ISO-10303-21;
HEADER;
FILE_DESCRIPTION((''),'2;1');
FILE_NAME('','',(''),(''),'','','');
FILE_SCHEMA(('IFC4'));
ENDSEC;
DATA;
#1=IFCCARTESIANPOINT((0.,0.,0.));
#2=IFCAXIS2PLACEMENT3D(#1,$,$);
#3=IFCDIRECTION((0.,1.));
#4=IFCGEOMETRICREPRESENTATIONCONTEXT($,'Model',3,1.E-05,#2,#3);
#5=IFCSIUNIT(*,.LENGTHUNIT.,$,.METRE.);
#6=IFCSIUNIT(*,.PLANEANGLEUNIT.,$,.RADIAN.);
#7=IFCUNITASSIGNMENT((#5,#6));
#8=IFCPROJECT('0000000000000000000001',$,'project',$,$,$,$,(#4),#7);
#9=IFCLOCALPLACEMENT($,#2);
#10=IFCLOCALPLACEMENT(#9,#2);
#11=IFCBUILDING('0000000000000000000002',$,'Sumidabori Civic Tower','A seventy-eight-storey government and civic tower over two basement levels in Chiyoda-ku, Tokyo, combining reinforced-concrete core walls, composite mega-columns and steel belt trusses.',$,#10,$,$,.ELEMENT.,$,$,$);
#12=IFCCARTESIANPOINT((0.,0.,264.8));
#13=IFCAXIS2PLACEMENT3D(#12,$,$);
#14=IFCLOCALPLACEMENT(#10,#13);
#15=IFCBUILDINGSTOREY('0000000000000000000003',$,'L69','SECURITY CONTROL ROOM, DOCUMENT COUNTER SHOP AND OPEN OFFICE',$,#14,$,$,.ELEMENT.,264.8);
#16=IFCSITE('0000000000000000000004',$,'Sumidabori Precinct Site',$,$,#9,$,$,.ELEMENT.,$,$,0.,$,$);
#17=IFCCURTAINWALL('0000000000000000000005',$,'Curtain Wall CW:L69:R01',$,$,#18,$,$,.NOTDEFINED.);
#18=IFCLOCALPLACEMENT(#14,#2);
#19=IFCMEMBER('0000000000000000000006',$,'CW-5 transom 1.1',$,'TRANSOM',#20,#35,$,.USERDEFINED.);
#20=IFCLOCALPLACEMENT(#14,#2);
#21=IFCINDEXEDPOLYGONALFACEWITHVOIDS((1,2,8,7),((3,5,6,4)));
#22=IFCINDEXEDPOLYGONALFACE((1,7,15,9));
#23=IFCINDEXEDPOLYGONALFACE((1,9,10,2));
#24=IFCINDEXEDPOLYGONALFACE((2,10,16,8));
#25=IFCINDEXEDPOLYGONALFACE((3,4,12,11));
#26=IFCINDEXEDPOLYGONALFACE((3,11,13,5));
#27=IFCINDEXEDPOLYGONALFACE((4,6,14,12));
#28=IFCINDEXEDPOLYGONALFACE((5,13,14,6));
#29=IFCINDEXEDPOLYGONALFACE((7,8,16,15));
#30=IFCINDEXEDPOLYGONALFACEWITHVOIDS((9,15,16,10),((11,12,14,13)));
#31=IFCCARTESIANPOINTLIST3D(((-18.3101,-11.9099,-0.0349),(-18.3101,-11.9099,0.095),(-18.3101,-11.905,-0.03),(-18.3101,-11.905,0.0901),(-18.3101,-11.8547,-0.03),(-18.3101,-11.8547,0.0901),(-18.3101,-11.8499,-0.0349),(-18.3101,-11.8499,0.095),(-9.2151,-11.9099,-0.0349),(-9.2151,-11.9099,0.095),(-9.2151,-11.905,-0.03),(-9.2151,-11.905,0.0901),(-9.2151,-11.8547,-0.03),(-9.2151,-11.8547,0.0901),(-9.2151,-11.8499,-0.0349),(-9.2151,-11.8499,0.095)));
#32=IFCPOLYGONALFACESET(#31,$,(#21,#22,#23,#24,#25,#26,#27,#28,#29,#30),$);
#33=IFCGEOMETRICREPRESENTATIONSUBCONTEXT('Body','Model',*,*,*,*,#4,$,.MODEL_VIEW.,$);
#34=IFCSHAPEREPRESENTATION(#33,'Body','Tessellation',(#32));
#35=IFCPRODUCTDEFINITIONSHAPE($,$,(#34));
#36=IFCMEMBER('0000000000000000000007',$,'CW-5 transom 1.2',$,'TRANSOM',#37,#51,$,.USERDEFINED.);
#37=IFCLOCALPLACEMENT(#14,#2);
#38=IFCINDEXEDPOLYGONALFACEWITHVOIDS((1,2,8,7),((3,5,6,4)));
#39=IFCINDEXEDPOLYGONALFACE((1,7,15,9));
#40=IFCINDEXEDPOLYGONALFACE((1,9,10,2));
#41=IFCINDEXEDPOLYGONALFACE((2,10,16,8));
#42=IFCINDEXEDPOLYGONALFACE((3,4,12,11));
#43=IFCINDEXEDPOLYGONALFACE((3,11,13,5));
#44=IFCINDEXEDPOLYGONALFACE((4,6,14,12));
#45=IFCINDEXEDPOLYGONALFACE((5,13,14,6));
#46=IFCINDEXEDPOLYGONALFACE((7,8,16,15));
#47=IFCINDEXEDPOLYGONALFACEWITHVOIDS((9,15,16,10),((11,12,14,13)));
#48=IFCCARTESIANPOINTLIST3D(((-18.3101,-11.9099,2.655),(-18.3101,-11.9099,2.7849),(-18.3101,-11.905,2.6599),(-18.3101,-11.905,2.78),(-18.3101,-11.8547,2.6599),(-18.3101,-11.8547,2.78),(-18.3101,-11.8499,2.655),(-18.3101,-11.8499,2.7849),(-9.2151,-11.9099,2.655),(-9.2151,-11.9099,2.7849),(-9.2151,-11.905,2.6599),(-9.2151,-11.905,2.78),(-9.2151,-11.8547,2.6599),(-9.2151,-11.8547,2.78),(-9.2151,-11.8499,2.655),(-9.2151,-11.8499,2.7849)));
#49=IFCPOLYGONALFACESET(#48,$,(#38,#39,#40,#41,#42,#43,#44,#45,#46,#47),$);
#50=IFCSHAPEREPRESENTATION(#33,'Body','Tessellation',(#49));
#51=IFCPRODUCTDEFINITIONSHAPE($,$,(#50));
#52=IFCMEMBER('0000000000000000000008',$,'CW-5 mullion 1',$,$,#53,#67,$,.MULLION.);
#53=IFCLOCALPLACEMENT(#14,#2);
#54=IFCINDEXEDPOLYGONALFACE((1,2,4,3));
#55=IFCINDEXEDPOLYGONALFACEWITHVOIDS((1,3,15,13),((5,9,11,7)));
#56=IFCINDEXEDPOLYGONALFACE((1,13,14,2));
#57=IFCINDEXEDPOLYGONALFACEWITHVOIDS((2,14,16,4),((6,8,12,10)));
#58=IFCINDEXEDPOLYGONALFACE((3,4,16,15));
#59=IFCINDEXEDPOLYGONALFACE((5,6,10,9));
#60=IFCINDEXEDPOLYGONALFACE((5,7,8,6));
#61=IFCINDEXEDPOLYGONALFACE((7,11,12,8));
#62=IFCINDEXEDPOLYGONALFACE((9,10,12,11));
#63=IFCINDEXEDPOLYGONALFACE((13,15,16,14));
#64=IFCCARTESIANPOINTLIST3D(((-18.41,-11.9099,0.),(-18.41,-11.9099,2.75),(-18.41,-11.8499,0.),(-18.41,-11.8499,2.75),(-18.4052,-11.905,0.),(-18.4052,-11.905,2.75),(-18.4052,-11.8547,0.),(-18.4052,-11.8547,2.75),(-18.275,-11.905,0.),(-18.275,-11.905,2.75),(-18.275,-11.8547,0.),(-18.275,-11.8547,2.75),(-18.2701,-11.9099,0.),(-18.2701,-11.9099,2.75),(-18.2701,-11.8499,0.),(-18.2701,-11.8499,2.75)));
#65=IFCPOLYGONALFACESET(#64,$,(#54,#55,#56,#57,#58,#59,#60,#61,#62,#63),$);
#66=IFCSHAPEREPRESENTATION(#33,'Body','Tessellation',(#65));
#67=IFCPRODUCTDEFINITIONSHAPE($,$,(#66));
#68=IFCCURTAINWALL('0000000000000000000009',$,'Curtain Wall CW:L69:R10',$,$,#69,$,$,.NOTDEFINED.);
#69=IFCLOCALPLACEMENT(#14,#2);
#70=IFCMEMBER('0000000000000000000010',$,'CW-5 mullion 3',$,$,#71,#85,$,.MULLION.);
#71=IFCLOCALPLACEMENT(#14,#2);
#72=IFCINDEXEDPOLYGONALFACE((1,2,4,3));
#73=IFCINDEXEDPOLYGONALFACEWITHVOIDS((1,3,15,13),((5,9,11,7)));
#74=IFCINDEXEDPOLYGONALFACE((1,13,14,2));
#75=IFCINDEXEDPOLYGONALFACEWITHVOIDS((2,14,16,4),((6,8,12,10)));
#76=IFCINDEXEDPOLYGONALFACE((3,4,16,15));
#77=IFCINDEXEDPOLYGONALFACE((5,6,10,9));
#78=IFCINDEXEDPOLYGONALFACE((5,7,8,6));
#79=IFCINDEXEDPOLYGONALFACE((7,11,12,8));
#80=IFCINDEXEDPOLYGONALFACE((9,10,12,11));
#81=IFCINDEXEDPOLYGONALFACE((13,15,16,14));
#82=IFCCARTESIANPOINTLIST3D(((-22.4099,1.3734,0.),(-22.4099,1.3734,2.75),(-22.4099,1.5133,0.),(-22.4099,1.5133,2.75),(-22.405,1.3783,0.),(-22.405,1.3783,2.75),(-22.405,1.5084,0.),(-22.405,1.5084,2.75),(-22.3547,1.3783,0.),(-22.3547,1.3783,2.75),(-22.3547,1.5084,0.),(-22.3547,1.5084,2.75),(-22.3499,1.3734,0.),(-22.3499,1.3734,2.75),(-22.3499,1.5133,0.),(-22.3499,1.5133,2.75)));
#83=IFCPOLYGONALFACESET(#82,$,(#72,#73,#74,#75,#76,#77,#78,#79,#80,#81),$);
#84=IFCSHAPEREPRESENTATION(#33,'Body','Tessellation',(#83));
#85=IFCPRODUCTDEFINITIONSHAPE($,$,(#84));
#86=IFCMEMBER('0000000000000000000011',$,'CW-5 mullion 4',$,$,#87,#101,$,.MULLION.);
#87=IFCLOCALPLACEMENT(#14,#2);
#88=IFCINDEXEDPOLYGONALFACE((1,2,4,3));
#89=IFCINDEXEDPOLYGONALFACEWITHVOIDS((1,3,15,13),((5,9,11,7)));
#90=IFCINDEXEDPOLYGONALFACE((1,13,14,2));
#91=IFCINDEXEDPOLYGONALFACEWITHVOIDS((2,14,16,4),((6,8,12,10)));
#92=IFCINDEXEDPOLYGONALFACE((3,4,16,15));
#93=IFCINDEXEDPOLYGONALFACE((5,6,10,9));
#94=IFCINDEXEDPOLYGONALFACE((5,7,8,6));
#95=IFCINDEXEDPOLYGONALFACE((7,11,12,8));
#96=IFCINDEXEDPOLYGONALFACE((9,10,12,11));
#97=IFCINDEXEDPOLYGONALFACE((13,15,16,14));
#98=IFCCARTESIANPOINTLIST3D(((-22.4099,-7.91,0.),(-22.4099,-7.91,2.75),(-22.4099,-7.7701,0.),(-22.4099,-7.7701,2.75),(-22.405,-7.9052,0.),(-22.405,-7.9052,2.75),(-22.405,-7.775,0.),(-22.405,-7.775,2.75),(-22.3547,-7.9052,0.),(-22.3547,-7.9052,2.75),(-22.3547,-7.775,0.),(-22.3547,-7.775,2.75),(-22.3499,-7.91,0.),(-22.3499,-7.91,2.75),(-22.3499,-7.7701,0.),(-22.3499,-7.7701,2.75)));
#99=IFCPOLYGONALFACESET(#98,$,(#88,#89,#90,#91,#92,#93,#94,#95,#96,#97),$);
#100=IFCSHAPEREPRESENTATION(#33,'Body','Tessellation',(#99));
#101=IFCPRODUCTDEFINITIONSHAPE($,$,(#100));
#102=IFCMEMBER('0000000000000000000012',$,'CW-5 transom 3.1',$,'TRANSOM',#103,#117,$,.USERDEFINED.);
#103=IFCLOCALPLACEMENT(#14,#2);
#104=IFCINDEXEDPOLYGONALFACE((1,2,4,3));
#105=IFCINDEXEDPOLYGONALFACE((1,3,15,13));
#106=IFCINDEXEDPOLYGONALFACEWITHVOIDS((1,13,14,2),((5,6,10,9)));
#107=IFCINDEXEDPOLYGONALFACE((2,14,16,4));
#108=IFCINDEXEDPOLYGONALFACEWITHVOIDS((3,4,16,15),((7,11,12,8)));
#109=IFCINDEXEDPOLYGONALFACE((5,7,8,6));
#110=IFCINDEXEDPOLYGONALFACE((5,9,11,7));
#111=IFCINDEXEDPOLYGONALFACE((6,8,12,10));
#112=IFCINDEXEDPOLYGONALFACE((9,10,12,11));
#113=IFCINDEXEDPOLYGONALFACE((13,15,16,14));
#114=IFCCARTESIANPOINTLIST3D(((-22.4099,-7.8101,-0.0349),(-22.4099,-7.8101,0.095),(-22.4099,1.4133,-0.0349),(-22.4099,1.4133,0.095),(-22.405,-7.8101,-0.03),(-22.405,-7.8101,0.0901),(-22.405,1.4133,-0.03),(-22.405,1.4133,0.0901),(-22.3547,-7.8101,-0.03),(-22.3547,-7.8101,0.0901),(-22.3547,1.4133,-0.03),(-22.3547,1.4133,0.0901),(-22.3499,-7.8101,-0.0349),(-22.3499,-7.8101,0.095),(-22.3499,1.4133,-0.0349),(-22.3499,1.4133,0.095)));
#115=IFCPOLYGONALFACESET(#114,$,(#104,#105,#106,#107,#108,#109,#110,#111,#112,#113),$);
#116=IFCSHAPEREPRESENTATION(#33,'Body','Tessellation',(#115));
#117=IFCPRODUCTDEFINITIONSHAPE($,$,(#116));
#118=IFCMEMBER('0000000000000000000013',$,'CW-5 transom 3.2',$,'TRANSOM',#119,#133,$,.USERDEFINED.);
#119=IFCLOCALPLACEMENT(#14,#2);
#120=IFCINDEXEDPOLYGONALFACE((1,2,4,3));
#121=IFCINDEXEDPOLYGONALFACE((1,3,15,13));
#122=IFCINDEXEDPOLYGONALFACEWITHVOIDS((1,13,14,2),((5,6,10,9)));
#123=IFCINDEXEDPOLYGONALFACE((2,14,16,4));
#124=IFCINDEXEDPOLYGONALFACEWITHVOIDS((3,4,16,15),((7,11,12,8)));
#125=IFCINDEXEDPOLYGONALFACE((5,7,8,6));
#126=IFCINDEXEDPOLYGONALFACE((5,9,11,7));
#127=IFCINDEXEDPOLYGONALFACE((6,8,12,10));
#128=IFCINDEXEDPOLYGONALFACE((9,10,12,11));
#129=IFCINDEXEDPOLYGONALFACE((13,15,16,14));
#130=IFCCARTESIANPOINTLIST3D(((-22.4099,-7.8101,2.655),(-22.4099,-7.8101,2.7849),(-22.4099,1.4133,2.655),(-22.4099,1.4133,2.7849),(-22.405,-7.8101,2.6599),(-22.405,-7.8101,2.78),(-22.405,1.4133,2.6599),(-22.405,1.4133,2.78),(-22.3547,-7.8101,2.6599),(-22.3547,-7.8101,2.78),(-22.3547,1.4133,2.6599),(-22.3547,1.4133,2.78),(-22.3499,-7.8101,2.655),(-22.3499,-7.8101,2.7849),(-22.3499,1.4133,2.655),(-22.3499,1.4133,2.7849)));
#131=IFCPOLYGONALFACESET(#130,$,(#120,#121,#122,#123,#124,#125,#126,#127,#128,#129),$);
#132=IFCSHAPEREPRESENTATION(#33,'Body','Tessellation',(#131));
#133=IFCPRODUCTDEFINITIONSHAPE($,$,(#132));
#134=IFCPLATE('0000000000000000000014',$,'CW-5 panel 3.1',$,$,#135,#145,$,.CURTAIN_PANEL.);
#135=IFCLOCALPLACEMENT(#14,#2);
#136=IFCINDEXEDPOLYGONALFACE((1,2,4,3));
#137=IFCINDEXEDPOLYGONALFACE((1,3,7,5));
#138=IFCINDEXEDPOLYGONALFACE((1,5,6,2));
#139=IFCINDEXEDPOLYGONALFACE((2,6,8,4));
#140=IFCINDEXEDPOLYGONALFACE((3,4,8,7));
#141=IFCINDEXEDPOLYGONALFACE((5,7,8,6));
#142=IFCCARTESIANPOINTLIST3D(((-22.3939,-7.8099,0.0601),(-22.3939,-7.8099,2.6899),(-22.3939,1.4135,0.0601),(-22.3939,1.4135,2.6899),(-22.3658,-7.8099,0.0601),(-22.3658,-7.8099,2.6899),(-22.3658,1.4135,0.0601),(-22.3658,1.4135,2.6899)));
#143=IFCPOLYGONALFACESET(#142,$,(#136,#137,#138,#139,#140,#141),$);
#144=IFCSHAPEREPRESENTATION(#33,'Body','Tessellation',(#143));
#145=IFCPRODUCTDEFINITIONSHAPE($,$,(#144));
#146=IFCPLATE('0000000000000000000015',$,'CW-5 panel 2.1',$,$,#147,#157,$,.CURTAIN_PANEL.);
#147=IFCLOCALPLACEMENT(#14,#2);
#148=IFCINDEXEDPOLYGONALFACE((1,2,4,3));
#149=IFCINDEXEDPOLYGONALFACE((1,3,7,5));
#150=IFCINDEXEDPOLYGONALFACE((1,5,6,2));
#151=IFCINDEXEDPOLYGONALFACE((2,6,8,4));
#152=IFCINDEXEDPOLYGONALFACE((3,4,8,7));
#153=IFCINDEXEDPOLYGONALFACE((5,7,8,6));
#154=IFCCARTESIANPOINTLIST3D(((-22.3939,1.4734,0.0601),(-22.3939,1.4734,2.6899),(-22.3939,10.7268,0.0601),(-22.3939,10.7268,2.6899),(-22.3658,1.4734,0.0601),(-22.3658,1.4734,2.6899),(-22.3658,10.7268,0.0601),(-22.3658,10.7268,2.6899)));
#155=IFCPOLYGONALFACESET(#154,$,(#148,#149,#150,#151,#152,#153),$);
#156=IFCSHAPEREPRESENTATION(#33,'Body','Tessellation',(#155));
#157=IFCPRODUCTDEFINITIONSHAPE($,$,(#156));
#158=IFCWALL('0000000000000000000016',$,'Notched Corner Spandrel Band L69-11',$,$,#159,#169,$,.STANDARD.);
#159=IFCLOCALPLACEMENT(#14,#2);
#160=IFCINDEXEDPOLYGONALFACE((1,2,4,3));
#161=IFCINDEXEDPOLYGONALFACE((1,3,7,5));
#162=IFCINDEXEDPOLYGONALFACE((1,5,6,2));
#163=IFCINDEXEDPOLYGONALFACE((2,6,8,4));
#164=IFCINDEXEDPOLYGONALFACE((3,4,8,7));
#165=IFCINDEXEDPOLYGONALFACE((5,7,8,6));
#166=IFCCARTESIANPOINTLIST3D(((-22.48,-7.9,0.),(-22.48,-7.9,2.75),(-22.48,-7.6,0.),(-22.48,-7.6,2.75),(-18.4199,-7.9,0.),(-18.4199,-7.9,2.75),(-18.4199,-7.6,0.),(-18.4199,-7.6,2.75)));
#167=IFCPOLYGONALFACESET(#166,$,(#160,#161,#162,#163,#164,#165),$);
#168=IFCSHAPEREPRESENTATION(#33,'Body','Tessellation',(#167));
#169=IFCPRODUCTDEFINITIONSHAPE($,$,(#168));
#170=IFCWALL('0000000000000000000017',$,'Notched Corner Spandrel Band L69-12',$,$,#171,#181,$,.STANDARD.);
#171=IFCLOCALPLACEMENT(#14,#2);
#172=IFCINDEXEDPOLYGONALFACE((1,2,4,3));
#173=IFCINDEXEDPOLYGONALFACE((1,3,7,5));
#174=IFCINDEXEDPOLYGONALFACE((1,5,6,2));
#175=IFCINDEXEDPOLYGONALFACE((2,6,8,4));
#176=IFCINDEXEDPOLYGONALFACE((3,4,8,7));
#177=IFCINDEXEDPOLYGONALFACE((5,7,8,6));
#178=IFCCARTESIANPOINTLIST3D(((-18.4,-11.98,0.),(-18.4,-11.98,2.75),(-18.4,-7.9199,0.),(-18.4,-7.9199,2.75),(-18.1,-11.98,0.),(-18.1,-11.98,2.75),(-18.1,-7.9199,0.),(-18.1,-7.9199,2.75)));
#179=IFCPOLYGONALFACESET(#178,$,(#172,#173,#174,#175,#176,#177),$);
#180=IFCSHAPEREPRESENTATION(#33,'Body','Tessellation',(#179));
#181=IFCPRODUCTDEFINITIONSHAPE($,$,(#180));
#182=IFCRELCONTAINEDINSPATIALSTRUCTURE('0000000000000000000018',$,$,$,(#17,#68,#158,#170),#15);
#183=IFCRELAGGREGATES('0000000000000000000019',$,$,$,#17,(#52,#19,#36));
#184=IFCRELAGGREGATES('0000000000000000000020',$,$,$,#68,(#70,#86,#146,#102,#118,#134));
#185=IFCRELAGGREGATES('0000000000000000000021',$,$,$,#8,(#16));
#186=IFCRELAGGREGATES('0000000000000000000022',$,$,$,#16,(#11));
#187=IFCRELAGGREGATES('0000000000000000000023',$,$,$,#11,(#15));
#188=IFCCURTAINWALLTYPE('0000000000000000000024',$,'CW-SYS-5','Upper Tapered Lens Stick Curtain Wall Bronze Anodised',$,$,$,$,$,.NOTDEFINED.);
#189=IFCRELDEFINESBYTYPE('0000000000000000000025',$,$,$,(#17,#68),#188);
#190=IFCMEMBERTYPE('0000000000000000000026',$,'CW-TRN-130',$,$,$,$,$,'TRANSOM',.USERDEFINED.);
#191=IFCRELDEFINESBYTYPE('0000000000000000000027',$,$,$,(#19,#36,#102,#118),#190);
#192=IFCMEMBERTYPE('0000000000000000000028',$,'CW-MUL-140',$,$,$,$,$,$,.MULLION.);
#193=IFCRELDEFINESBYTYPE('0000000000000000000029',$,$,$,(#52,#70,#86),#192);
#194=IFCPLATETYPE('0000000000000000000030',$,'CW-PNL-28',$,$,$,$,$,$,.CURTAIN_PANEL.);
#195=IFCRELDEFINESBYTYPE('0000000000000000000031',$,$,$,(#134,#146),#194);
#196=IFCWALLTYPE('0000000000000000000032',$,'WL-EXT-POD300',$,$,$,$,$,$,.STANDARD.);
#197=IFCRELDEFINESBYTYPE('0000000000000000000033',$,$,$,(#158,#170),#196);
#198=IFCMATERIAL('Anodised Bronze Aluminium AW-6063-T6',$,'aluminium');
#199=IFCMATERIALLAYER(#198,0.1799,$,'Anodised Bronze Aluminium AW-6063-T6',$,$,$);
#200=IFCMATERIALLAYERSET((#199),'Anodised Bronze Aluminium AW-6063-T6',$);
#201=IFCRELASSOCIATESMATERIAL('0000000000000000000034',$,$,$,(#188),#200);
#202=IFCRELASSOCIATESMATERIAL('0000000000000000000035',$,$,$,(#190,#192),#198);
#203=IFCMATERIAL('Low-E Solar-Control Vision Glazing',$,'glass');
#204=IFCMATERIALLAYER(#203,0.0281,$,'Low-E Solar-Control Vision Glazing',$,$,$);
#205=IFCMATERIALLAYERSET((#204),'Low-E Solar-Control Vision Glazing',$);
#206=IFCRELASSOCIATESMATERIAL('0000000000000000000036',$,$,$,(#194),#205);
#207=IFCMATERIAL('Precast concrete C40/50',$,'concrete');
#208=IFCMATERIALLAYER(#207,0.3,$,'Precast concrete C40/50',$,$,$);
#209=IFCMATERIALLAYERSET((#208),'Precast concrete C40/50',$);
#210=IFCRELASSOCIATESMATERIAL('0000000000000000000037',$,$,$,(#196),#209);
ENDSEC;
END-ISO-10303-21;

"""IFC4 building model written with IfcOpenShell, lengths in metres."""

from ifc_helpers import new_model, si_unit, direction, frame, frame_2d, origin, origin_2d, place, context, subcontext, project, spatial, rectangle, hollow_rectangle, extrude, source, transform, mapped, material, layer, layer_set, material_profile, profile_set, type_object, element, aggregate, save


model = new_model("IFC4")

# Units and contexts
model_context = context("Model", 3, precision=1e-05, world=origin(), true_north=direction((0.0, 1.0)))
body_context = subcontext(model_context, "Body", "Model", "MODEL_VIEW")
ifc_project = project(units=[si_unit("LENGTHUNIT", "METRE"), si_unit("PLANEANGLEUNIT", "RADIAN")], contexts=[model_context])

# Site, building, storey
site_placement = place(None, origin())
site = spatial("IfcSite", under=ifc_project, at=site_placement, Name="Sumidabori Precinct Site", CompositionType="ELEMENT", RefElevation=0.0)
building_placement = place(site_placement, origin())
building = spatial("IfcBuilding", under=site, at=building_placement, Name="Sumidabori Civic Tower", Description="A seventy-eight-storey government and civic tower over two basement levels in Chiyoda-ku, Tokyo, combining reinforced-concrete core walls, composite mega-columns and steel belt trusses.", CompositionType="ELEMENT")
storey_placement = place(building_placement, frame((0.0, 0.0, 264.8)))
storey = spatial("IfcBuildingStorey", under=building, at=storey_placement, Name="L69", Description="SECURITY CONTROL ROOM, DOCUMENT COUNTER SHOP AND OPEN OFFICE", CompositionType="ELEMENT", Elevation=264.8)

# Curtain wall, members
ifc_material_1 = material(Name="Anodised Bronze Aluminium AW-6063-T6", Category="aluminium")
ifc_layer_1 = layer(ifc_material_1, 0.1799, Name="Anodised Bronze Aluminium AW-6063-T6")
ifc_layer_set_1 = layer_set([ifc_layer_1], Name="Anodised Bronze Aluminium AW-6063-T6")
curtain_wall_type = type_object("IfcCurtainWallType", Name="CW-SYS-5", Description="Upper Tapered Lens Stick Curtain Wall Bronze Anodised", PredefinedType="NOTDEFINED", material=ifc_layer_set_1)
curtain_wall_1_placement = place(storey_placement, origin())
curtain_wall_1 = element("IfcCurtainWall", 1, at=curtain_wall_1_placement, inside=storey, type_object=curtain_wall_type, Name="Curtain Wall CW:L69:R01", PredefinedType="NOTDEFINED")
ifc_material_profile_1 = material_profile(ifc_material_1, hollow_rectangle(XDim=0.0601, YDim=0.1299, WallThickness=0.0049, at=origin_2d()), Name="ALU TRANSOM 130x60")
ifc_profile_set_1 = profile_set([ifc_material_profile_1], Name="Anodised Bronze Aluminium AW-6063-T6")
member_type_1 = type_object("IfcMemberType", Name="CW-TRN-130", ElementType="TRANSOM", PredefinedType="USERDEFINED", material=ifc_profile_set_1)
shared_shape_1 = source(origin(), body_context, "Body", "SweptSolid", [
    extrude(hollow_rectangle(XDim=0.0601, YDim=0.1299, WallThickness=0.0049, at=origin_2d()), origin(), (0.0, 0.0, 1.0), 9.095),
])
member_1_placement = place(storey_placement, frame((-18.3101, -11.8799, 0.03), z_axis=(1.0, 0.0, 0.0), x_axis=(0.0, 1.0, 0.0)))
member_1 = element("IfcMember", 2, at=member_1_placement, type_object=member_type_1, Name="CW-5 transom 1.1", ObjectType="TRANSOM", PredefinedType="USERDEFINED", context=body_context, shape_type="MappedRepresentation", body=[
    mapped(shared_shape_1, transform((0.0, 0.0, 0.0), x_axis=(1.0, 0.0, 0.0), y_axis=(0.0, 1.0, 0.0), z_axis=(0.0, 0.0, 1.0), scale=1.0)),
])
member_2_placement = place(storey_placement, frame((-18.3101, -11.8799, 2.72), z_axis=(1.0, 0.0, 0.0), x_axis=(0.0, 1.0, 0.0)))
member_2 = element("IfcMember", 3, at=member_2_placement, type_object=member_type_1, Name="CW-5 transom 1.2", ObjectType="TRANSOM", PredefinedType="USERDEFINED", context=body_context, shape_type="MappedRepresentation", body=[
    mapped(shared_shape_1, transform((0.0, 0.0, 0.0), x_axis=(1.0, 0.0, 0.0), y_axis=(0.0, 1.0, 0.0), z_axis=(0.0, 0.0, 1.0), scale=1.0)),
])
ifc_material_profile_2 = material_profile(ifc_material_1, hollow_rectangle(XDim=0.0601, YDim=0.1399, WallThickness=0.0049, at=origin_2d()), Name="ALU MULLION 140x60")
ifc_profile_set_2 = profile_set([ifc_material_profile_2], Name="Anodised Bronze Aluminium AW-6063-T6")
member_type_2 = type_object("IfcMemberType", Name="CW-MUL-140", PredefinedType="MULLION", material=ifc_profile_set_2)
shared_shape_2 = source(origin(), body_context, "Body", "SweptSolid", [
    extrude(hollow_rectangle(XDim=0.0601, YDim=0.1399, WallThickness=0.0049, at=origin_2d()), origin(), (0.0, 0.0, 1.0), 2.75),
])
member_3_placement = place(storey_placement, frame((-18.3401, -11.8799, 0.0), z_axis=(0.0, 0.0, 1.0), x_axis=(0.0, 1.0, 0.0)))
member_3 = element("IfcMember", 4, at=member_3_placement, type_object=member_type_2, Name="CW-5 mullion 1", PredefinedType="MULLION", context=body_context, shape_type="MappedRepresentation", body=[
    mapped(shared_shape_2, transform((0.0, 0.0, 0.0), x_axis=(1.0, 0.0, 0.0), y_axis=(0.0, 1.0, 0.0), z_axis=(0.0, 0.0, 1.0), scale=1.0)),
])
aggregate(curtain_wall_1, [member_3, member_1, member_2])

# Curtain wall, members, plates
curtain_wall_2_placement = place(storey_placement, origin())
curtain_wall_2 = element("IfcCurtainWall", 5, at=curtain_wall_2_placement, inside=storey, type_object=curtain_wall_type, Name="Curtain Wall CW:L69:R10", PredefinedType="NOTDEFINED")
member_4_placement = place(storey_placement, frame((-22.3799, 1.4434, 0.0), z_axis=(0.0, 0.0, 1.0), x_axis=(1.0, 0.0, 0.0)))
member_4 = element("IfcMember", 6, at=member_4_placement, type_object=member_type_2, Name="CW-5 mullion 3", PredefinedType="MULLION", context=body_context, shape_type="MappedRepresentation", body=[
    mapped(shared_shape_2, transform((0.0, 0.0, 0.0), x_axis=(1.0, 0.0, 0.0), y_axis=(0.0, 1.0, 0.0), z_axis=(0.0, 0.0, 1.0), scale=1.0)),
])
member_5_placement = place(storey_placement, frame((-22.3799, -7.8401, 0.0), z_axis=(0.0, 0.0, 1.0), x_axis=(1.0, 0.0, 0.0)))
member_5 = element("IfcMember", 7, at=member_5_placement, type_object=member_type_2, Name="CW-5 mullion 4", PredefinedType="MULLION", context=body_context, shape_type="MappedRepresentation", body=[
    mapped(shared_shape_2, transform((0.0, 0.0, 0.0), x_axis=(1.0, 0.0, 0.0), y_axis=(0.0, 1.0, 0.0), z_axis=(0.0, 0.0, 1.0), scale=1.0)),
])
shared_shape_3 = source(origin(), body_context, "Body", "SweptSolid", [
    extrude(hollow_rectangle(XDim=0.0601, YDim=0.1299, WallThickness=0.0049, at=origin_2d()), origin(), (0.0, 0.0, 1.0), 9.2234),
])
member_6_placement = place(storey_placement, frame((-22.3799, 1.4133, 0.03), z_axis=(0.0, -1.0, 0.0), x_axis=(1.0, 0.0, 0.0)))
member_6 = element("IfcMember", 8, at=member_6_placement, type_object=member_type_1, Name="CW-5 transom 3.1", ObjectType="TRANSOM", PredefinedType="USERDEFINED", context=body_context, shape_type="MappedRepresentation", body=[
    mapped(shared_shape_3, transform((0.0, 0.0, 0.0), x_axis=(1.0, 0.0, 0.0), y_axis=(0.0, 1.0, 0.0), z_axis=(0.0, 0.0, 1.0), scale=1.0)),
])
member_7_placement = place(storey_placement, frame((-22.3799, 1.4133, 2.72), z_axis=(0.0, -1.0, 0.0), x_axis=(1.0, 0.0, 0.0)))
member_7 = element("IfcMember", 9, at=member_7_placement, type_object=member_type_1, Name="CW-5 transom 3.2", ObjectType="TRANSOM", PredefinedType="USERDEFINED", context=body_context, shape_type="MappedRepresentation", body=[
    mapped(shared_shape_3, transform((0.0, 0.0, 0.0), x_axis=(1.0, 0.0, 0.0), y_axis=(0.0, 1.0, 0.0), z_axis=(0.0, 0.0, 1.0), scale=1.0)),
])
ifc_material_2 = material(Name="Low-E Solar-Control Vision Glazing", Category="glass")
ifc_layer_2 = layer(ifc_material_2, 0.0281, Name="Low-E Solar-Control Vision Glazing")
ifc_layer_set_2 = layer_set([ifc_layer_2], Name="Low-E Solar-Control Vision Glazing")
plate_type = type_object("IfcPlateType", Name="CW-PNL-28", PredefinedType="CURTAIN_PANEL", material=ifc_layer_set_2)
shared_shape_4 = source(origin(), body_context, "Body", "SweptSolid", [
    extrude(rectangle(XDim=9.2234, YDim=0.0281, at=origin_2d()), origin(), (0.0, 0.0, 1.0), 2.6299),
])
plate_1_placement = place(storey_placement, frame((-22.3799, -3.1982, 0.0601), z_axis=(0.0, 0.0, 1.0), x_axis=(0.0, -1.0, 0.0)))
plate_1 = element("IfcPlate", 10, at=plate_1_placement, type_object=plate_type, Name="CW-5 panel 3.1", PredefinedType="CURTAIN_PANEL", context=body_context, shape_type="MappedRepresentation", body=[
    mapped(shared_shape_4, transform((0.0, 0.0, 0.0), x_axis=(1.0, 0.0, 0.0), y_axis=(0.0, 1.0, 0.0), z_axis=(0.0, 0.0, 1.0), scale=1.0)),
])
shared_shape_5 = source(origin(), body_context, "Body", "SweptSolid", [
    extrude(rectangle(XDim=9.2534, YDim=0.0281, at=origin_2d()), origin(), (0.0, 0.0, 1.0), 2.6299),
])
plate_2_placement = place(storey_placement, frame((-22.3799, 6.1001, 0.0601), z_axis=(0.0, 0.0, 1.0), x_axis=(0.0, -1.0, 0.0)))
plate_2 = element("IfcPlate", 11, at=plate_2_placement, type_object=plate_type, Name="CW-5 panel 2.1", PredefinedType="CURTAIN_PANEL", context=body_context, shape_type="MappedRepresentation", body=[
    mapped(shared_shape_5, transform((0.0, 0.0, 0.0), x_axis=(1.0, 0.0, 0.0), y_axis=(0.0, 1.0, 0.0), z_axis=(0.0, 0.0, 1.0), scale=1.0)),
])
aggregate(curtain_wall_2, [member_4, member_5, plate_2, member_6, member_7, plate_1])

# Walls
ifc_material_3 = material(Name="Precast concrete C40/50", Category="concrete")
ifc_layer_3 = layer(ifc_material_3, 0.3, Name="Precast concrete C40/50")
ifc_layer_set_3 = layer_set([ifc_layer_3], Name="Precast concrete C40/50")
wall_type_1 = type_object("IfcWallType", Name="WL-EXT-POD300", PredefinedType="STANDARD", material=ifc_layer_set_3)
shared_shape_6 = source(origin(), body_context, "Body", "SweptSolid", [
    extrude(rectangle(XDim=4.0601, YDim=0.3, at=frame_2d((2.03, 0.0))), origin(), (0.0, 0.0, 1.0), 2.75),
])
for number, where, z_axis, x_axis, name in (
    (12, (-22.48, -7.75, 0.0), (0.0, 0.0, 1.0), (1.0, 0.0, 0.0), "Notched Corner Spandrel Band L69-11"),
    (13, (-18.25, -7.9199, 0.0), (0.0, 0.0, 1.0), (0.0, -1.0, 0.0), "Notched Corner Spandrel Band L69-12"),
):
    element("IfcWall", number, at=place(storey_placement, frame(where, z_axis=z_axis, x_axis=x_axis)), inside=storey, type_object=wall_type_1, Name=name, PredefinedType="STANDARD", context=body_context, shape_type="MappedRepresentation", body=[
        mapped(shared_shape_6, transform((0.0, 0.0, 0.0), x_axis=(1.0, 0.0, 0.0), y_axis=(0.0, 1.0, 0.0), z_axis=(0.0, 0.0, 1.0), scale=1.0)),
    ])

save(model, "model.ifc")
